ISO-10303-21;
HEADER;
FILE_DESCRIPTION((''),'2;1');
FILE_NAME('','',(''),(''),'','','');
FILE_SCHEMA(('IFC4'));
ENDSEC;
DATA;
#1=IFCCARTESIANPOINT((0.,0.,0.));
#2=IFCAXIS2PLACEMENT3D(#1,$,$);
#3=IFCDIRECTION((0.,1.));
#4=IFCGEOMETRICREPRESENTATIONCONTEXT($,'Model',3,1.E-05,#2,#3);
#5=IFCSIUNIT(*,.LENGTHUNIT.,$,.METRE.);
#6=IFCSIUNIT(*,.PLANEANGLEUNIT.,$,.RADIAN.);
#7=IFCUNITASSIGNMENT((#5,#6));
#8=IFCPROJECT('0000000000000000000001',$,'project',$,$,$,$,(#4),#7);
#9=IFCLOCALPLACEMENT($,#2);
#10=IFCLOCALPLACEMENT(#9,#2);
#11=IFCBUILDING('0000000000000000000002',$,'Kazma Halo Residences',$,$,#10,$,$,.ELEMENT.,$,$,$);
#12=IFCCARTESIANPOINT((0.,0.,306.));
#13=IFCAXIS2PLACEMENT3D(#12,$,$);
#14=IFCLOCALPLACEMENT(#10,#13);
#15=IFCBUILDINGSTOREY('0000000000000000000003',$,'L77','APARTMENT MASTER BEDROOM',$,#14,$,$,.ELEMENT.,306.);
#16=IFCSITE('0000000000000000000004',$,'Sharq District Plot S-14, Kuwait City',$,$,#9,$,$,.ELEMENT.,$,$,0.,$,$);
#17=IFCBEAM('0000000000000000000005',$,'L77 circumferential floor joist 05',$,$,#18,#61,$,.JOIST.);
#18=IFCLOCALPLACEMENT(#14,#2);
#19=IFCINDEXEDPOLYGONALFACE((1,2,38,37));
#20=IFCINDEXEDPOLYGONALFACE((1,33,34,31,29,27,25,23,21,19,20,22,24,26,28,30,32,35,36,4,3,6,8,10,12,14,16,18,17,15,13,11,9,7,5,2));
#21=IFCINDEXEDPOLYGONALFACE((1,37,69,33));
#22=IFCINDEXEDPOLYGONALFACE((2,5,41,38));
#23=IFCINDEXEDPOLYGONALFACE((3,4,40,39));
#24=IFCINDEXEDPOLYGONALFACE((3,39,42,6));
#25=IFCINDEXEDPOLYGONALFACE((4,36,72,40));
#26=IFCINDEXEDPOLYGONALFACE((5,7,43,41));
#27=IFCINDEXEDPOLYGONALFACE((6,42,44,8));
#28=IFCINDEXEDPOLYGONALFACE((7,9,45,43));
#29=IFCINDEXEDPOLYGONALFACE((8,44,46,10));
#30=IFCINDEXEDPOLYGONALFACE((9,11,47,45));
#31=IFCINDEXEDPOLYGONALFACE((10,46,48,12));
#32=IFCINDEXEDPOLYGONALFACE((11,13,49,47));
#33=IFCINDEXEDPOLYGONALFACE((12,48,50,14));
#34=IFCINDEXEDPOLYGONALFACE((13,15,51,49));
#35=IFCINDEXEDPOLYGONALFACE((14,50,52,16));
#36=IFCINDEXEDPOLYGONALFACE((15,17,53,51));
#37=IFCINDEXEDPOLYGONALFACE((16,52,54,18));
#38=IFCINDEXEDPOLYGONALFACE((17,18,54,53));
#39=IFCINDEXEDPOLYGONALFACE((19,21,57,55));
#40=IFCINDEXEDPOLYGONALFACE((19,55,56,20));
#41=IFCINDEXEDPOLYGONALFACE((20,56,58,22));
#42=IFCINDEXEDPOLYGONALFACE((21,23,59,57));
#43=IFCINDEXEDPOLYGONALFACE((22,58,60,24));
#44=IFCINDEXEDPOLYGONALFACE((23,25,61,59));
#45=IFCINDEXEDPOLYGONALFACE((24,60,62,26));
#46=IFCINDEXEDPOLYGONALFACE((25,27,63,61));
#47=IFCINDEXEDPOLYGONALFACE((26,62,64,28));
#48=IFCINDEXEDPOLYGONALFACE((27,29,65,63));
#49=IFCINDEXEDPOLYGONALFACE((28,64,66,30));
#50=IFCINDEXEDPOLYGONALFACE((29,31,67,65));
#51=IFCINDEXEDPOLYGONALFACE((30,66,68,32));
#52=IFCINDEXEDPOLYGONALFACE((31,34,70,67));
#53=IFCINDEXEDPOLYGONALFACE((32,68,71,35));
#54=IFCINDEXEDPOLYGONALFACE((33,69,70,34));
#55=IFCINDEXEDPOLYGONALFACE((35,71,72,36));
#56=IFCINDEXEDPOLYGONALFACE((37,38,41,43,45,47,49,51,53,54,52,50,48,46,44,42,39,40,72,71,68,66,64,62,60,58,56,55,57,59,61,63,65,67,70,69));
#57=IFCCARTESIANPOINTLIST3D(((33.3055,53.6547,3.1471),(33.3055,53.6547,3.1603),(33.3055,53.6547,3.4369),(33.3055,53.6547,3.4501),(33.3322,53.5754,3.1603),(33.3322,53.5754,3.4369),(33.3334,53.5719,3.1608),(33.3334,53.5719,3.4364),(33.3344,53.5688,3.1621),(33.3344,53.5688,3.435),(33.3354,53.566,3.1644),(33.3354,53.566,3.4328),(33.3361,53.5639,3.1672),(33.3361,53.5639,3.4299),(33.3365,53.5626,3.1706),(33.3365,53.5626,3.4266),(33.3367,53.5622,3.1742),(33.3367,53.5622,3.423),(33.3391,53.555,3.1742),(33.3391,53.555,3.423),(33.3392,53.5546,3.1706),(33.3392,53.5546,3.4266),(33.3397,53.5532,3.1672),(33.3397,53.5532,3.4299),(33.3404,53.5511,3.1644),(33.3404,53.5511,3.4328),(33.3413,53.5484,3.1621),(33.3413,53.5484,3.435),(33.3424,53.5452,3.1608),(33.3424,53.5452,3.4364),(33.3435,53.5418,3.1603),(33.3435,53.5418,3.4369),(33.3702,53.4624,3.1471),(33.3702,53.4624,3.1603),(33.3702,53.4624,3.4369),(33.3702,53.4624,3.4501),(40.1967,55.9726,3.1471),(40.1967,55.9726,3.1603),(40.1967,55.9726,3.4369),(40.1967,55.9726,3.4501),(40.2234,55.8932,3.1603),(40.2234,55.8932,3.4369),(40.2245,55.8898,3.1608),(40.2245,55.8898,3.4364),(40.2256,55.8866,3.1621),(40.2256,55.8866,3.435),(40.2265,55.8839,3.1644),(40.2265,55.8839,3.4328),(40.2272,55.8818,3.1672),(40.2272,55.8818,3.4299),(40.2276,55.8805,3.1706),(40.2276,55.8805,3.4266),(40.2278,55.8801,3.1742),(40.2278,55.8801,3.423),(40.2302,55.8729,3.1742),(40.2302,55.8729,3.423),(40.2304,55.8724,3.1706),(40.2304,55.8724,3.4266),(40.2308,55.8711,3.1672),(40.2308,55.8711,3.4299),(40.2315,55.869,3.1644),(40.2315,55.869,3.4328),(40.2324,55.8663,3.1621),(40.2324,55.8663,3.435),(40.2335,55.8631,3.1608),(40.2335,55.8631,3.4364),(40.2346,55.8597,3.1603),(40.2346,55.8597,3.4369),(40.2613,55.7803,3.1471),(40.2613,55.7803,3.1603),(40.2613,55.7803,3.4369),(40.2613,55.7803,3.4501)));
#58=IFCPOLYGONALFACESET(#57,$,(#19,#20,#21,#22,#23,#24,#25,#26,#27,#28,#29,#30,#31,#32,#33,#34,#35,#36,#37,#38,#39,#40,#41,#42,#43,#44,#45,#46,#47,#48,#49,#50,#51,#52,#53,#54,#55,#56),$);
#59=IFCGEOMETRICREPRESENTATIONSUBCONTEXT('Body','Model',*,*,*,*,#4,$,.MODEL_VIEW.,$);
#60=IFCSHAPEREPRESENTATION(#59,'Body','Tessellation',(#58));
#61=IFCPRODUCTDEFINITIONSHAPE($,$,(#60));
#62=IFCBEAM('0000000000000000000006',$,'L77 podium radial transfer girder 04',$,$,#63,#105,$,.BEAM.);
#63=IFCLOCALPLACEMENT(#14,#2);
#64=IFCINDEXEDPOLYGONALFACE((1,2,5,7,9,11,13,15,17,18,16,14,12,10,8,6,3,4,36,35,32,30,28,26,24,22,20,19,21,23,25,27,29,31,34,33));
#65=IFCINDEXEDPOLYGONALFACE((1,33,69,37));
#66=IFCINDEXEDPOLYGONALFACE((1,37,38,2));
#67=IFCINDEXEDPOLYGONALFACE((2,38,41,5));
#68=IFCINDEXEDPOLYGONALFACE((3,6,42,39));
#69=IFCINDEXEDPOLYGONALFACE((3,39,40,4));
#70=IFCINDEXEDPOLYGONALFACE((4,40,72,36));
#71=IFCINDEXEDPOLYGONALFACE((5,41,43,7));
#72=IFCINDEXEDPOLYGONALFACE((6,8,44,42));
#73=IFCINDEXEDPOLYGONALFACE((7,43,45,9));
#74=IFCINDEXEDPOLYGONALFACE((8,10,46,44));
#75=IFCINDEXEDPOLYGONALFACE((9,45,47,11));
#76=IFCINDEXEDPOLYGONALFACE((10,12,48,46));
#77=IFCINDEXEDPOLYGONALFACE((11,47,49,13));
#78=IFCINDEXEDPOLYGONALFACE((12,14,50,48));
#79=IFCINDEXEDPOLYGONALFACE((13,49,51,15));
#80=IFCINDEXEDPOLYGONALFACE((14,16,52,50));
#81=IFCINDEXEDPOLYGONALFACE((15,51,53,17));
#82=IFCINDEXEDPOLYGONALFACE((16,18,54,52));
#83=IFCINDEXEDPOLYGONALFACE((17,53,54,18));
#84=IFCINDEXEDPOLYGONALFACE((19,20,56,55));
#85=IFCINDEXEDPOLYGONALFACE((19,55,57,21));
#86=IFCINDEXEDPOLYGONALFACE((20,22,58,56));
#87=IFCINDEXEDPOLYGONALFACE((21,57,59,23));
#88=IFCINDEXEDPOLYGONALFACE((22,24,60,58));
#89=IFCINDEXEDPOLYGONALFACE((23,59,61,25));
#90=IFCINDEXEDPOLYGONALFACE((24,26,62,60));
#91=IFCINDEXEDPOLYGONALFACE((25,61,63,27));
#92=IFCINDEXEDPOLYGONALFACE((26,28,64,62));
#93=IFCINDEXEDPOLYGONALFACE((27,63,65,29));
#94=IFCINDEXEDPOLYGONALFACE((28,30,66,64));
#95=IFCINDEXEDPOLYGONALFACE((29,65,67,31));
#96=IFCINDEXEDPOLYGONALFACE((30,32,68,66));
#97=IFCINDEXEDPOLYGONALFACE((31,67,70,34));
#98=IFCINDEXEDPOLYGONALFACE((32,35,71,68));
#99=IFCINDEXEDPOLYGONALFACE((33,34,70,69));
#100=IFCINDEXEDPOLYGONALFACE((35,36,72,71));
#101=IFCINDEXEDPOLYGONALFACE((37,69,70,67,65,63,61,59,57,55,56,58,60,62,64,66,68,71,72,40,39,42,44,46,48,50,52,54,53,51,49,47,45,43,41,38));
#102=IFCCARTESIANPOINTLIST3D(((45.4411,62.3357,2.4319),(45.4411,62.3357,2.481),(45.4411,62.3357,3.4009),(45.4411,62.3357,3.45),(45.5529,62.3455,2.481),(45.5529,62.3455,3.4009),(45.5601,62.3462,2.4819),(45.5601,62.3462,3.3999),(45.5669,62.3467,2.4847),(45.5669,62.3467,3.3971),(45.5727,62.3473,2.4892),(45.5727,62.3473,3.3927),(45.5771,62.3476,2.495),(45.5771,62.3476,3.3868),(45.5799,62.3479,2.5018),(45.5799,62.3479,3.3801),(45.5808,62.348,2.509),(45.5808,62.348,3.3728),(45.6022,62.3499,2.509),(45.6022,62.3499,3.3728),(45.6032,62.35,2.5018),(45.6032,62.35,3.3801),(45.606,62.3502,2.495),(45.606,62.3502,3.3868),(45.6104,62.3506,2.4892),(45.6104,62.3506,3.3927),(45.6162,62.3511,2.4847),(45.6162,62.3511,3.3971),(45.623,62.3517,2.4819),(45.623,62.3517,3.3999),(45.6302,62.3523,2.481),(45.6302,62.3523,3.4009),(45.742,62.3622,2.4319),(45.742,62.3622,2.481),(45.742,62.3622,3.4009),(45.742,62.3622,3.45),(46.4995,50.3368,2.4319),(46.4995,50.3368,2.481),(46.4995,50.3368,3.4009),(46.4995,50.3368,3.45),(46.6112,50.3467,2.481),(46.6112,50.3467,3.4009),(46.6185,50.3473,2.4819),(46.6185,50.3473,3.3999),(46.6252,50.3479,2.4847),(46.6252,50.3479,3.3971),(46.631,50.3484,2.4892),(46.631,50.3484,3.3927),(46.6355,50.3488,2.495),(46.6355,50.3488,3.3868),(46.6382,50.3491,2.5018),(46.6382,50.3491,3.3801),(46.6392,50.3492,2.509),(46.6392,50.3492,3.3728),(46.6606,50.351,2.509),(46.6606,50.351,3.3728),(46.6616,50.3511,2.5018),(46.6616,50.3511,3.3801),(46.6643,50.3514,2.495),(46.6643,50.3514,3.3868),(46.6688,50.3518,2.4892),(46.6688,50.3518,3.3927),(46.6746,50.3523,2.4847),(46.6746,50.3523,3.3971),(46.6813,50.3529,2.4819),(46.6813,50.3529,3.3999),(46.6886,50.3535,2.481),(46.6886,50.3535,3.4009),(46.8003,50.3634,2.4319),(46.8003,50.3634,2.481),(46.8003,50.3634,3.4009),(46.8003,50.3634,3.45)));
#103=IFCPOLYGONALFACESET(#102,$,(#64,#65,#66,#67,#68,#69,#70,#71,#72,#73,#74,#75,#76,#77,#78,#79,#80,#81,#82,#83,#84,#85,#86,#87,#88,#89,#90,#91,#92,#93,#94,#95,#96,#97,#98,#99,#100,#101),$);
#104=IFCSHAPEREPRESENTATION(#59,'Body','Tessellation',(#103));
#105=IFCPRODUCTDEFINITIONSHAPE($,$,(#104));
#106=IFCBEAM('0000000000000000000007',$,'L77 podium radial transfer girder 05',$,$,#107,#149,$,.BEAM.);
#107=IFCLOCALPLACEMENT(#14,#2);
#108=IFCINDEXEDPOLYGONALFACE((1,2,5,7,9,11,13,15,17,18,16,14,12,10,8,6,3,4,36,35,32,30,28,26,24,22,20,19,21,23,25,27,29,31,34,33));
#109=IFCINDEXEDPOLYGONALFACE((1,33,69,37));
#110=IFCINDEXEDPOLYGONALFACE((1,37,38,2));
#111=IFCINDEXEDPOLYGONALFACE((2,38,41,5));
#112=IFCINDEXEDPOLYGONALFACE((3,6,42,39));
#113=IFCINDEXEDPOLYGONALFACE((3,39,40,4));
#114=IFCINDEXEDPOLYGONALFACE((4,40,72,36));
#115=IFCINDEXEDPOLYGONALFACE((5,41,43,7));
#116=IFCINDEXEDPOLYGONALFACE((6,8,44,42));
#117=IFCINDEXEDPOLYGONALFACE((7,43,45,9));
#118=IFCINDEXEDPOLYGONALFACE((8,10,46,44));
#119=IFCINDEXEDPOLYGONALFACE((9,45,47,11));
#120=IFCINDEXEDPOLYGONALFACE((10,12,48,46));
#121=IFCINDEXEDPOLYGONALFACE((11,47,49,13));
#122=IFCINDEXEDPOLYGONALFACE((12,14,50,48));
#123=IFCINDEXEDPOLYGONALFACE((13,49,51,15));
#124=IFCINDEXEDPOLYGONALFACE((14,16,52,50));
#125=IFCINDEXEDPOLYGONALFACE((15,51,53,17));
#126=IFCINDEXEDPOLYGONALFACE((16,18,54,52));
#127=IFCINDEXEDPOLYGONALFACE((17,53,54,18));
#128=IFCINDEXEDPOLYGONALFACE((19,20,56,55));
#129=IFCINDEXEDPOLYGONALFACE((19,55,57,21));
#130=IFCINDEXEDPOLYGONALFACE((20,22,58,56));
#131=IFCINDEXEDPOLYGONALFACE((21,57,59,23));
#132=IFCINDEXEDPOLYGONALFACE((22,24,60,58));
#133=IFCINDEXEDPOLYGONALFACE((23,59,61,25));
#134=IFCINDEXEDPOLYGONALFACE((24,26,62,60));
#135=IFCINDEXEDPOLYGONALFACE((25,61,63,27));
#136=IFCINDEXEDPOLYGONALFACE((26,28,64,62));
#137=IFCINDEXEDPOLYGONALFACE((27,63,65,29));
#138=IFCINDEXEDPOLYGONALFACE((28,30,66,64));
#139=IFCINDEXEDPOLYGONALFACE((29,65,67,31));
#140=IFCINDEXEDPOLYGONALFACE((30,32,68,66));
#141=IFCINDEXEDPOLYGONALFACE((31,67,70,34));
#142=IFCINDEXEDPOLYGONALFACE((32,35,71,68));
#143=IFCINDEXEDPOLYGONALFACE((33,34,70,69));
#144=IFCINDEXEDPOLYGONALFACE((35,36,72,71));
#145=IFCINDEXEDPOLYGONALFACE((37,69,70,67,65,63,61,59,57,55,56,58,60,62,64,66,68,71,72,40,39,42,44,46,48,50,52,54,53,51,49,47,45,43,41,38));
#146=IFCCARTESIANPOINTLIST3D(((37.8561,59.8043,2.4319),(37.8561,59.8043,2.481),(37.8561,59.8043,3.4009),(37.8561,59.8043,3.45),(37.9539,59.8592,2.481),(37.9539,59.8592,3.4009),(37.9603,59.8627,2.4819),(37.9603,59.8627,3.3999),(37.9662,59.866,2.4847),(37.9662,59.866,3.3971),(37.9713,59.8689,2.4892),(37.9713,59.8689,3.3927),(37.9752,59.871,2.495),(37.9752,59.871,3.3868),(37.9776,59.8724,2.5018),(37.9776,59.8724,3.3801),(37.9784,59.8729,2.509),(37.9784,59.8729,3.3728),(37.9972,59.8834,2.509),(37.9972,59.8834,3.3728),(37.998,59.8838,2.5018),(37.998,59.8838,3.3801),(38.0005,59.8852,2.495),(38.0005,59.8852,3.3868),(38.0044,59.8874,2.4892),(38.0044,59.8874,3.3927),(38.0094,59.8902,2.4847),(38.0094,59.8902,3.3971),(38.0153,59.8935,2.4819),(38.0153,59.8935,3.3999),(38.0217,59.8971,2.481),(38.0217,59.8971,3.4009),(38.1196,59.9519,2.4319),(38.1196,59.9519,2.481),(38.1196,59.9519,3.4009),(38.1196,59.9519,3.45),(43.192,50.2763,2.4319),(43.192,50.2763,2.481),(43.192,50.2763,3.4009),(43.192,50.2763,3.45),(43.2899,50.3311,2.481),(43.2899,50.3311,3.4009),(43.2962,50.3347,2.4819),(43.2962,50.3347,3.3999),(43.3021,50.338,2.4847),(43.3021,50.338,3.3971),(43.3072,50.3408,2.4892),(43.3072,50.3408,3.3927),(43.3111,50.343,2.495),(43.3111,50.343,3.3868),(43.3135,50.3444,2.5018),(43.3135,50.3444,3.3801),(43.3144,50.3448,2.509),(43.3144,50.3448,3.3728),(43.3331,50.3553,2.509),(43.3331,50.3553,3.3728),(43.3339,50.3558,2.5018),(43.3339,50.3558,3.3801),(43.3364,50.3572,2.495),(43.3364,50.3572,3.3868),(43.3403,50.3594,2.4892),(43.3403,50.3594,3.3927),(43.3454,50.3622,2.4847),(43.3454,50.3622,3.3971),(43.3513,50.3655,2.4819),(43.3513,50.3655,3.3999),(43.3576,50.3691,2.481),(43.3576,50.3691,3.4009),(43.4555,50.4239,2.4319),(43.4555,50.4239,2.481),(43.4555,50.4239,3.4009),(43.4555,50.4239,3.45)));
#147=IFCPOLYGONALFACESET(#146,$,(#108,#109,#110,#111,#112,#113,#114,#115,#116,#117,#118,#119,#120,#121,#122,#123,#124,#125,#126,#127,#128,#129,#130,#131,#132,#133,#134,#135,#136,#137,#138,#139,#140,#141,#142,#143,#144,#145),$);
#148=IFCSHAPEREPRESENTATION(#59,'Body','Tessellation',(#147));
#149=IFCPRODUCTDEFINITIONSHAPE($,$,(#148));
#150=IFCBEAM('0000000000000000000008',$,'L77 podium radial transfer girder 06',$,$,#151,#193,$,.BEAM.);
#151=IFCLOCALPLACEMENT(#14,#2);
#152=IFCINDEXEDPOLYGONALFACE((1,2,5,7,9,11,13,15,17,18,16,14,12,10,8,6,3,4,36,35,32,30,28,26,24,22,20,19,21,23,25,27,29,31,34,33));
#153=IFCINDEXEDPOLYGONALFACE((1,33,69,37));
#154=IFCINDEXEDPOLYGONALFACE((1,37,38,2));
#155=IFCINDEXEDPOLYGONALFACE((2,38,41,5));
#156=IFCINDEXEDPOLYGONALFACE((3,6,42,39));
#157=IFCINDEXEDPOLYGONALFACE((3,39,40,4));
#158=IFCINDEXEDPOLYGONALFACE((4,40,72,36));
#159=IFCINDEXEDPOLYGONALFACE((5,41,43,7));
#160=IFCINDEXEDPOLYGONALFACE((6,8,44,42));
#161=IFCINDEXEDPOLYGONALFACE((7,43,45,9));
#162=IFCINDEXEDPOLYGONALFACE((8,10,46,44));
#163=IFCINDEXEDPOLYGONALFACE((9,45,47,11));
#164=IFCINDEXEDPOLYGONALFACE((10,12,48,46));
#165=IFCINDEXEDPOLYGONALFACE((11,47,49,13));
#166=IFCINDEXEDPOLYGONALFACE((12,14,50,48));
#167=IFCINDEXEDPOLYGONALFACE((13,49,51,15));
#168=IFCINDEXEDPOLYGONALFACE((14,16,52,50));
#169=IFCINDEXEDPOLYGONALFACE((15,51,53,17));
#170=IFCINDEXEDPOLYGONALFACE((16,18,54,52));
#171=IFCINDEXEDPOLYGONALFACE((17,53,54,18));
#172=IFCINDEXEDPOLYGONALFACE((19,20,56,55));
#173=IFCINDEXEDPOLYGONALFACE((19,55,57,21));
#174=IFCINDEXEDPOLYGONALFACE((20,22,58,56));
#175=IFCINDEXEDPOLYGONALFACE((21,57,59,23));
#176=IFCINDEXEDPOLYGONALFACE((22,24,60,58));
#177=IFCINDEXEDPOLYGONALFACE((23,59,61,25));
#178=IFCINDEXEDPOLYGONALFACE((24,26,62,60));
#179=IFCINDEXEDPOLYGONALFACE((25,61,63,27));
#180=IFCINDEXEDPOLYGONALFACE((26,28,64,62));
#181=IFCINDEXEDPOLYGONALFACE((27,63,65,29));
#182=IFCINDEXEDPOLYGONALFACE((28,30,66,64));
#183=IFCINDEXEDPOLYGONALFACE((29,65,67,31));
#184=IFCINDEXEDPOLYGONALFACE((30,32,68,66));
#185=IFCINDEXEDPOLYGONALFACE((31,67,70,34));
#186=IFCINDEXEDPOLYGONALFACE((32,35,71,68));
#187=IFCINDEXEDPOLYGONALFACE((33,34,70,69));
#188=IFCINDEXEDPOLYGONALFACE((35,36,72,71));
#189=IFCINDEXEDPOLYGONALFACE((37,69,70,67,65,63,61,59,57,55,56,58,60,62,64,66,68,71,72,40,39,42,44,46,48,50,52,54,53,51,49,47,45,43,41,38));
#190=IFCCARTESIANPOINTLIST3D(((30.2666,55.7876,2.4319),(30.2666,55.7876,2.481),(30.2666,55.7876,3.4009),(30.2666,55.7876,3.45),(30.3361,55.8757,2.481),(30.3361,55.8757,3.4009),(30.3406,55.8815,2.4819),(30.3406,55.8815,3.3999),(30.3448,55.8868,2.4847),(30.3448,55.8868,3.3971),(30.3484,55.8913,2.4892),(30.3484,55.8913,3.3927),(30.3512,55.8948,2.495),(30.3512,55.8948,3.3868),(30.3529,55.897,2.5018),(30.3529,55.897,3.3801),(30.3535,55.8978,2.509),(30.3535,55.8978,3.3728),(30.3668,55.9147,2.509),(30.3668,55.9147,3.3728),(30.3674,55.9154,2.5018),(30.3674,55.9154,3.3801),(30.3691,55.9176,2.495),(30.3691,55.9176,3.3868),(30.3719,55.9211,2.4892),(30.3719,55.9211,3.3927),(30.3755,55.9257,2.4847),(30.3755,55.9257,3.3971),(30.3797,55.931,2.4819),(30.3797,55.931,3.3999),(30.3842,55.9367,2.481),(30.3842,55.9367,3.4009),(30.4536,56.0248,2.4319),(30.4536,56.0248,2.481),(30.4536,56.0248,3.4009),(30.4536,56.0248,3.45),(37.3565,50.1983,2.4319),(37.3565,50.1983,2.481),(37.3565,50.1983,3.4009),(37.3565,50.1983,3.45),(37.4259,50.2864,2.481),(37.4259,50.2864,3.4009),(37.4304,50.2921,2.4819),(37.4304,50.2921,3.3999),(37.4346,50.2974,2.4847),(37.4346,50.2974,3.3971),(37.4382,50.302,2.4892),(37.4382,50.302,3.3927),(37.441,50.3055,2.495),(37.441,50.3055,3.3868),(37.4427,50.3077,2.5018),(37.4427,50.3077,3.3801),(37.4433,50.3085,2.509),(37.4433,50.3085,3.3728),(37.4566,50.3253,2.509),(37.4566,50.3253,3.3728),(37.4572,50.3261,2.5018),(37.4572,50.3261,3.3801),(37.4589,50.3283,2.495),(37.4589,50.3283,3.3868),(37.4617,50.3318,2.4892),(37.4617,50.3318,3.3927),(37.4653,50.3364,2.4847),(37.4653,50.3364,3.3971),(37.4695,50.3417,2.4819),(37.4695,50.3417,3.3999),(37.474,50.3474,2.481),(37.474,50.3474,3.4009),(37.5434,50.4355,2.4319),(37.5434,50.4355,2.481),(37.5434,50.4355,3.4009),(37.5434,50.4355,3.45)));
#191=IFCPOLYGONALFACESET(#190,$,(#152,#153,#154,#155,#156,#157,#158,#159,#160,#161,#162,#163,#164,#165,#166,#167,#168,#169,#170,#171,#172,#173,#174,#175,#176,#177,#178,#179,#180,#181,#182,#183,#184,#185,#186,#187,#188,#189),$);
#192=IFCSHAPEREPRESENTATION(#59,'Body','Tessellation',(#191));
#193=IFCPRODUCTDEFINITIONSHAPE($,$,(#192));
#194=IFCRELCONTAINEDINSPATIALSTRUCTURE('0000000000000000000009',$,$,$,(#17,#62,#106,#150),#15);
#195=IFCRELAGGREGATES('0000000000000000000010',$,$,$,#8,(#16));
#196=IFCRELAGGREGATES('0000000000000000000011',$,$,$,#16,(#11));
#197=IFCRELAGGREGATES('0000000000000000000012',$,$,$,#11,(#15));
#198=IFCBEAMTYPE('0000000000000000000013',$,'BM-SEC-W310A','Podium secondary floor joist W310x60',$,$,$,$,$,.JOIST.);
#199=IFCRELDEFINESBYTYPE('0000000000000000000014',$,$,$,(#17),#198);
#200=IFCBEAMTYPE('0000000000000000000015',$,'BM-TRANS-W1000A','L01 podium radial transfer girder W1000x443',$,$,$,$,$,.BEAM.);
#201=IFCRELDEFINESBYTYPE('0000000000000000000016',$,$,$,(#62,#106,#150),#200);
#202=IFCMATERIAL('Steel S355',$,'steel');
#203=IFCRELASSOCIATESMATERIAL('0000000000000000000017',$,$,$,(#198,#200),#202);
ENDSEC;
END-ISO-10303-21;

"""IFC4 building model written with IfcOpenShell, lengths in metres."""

from ifc_helpers import new_model, si_unit, direction, frame, origin, origin_2d, place, context, subcontext, project, spatial, i_section, extrude, material, material_profile, profile_set, type_object, element, save


model = new_model("IFC4")

# Units and contexts
model_context = context("Model", 3, precision=1e-05, world=origin(), true_north=direction((0.0, 1.0)))
body_context = subcontext(model_context, "Body", "Model", "MODEL_VIEW")
ifc_project = project(units=[si_unit("LENGTHUNIT", "METRE"), si_unit("PLANEANGLEUNIT", "RADIAN")], contexts=[model_context])

# Site, building, storey
site_placement = place(None, origin())
site = spatial("IfcSite", under=ifc_project, at=site_placement, Name="Sharq District Plot S-14, Kuwait City", CompositionType="ELEMENT", RefElevation=0.0)
building_placement = place(site_placement, origin())
building = spatial("IfcBuilding", under=site, at=building_placement, Name="Kazma Halo Residences", CompositionType="ELEMENT")
storey_placement = place(building_placement, frame((0.0, 0.0, 306.0)))
storey = spatial("IfcBuildingStorey", under=building, at=storey_placement, Name="L77", Description="APARTMENT MASTER BEDROOM", CompositionType="ELEMENT", Elevation=306.0)

# Beams
ifc_material_1 = material(Name="Steel S355", Category="steel")
ifc_material_profile_1 = material_profile(ifc_material_1, i_section(OverallWidth=0.2029, OverallDepth=0.303, WebThickness=0.0076, FlangeThickness=0.0132, FilletRadius=0.0139, at=origin_2d()), Name="W310x60")
ifc_profile_set_1 = profile_set([ifc_material_profile_1], Name="Steel S355")
beam_type_1 = type_object("IfcBeamType", Name="BM-SEC-W310A", Description="Podium secondary floor joist W310x60", PredefinedType="JOIST", material=ifc_profile_set_1)
beam_1_placement = place(storey_placement, frame((40.229, 55.8765, 3.2986), z_axis=(-0.94782, -0.318806, 0.0), x_axis=(0.318806, -0.94782, 0.0)))
element("IfcBeam", 1, at=beam_1_placement, inside=storey, type_object=beam_type_1, Name="L77 circumferential floor joist 05", PredefinedType="JOIST", context=body_context, shape_type="SweptSolid", body=[
    extrude(i_section(OverallWidth=0.2029, OverallDepth=0.303, WebThickness=0.0076, FlangeThickness=0.0132, FilletRadius=0.0139, at=origin_2d()), origin(), (0.0, 0.0, 1.0), 7.2705),
])
ifc_material_profile_2 = material_profile(ifc_material_1, i_section(OverallWidth=0.302, OverallDepth=1.0181, WebThickness=0.0215, FlangeThickness=0.0491, FilletRadius=0.0281, at=origin_2d()), Name="W1000x443")
ifc_profile_set_2 = profile_set([ifc_material_profile_2], Name="Steel S355")
beam_type_2 = type_object("IfcBeamType", Name="BM-TRANS-W1000A", Description="L01 podium radial transfer girder W1000x443", PredefinedType="BEAM", material=ifc_profile_set_2)
beam_2_placement = place(storey_placement, frame((46.6499, 50.3501, 2.9409), z_axis=(-0.087864, 0.996133, 0.0), x_axis=(-0.996133, -0.087864, 0.0)))
element("IfcBeam", 2, at=beam_2_placement, inside=storey, type_object=beam_type_2, Name="L77 podium radial transfer girder 04", PredefinedType="BEAM", context=body_context, shape_type="SweptSolid", body=[
    extrude(i_section(OverallWidth=0.302, OverallDepth=1.0181, WebThickness=0.0215, FlangeThickness=0.0491, FilletRadius=0.0281, at=origin_2d()), origin(), (0.0, 0.0, 1.0), 12.0454),
])
beam_3_placement = place(storey_placement, frame((43.3237, 50.3501, 2.9409), z_axis=(-0.488618, 0.872498, 0.0), x_axis=(-0.872498, -0.488618, 0.0)))
element("IfcBeam", 3, at=beam_3_placement, inside=storey, type_object=beam_type_2, Name="L77 podium radial transfer girder 05", PredefinedType="BEAM", context=body_context, shape_type="SweptSolid", body=[
    extrude(i_section(OverallWidth=0.302, OverallDepth=1.0181, WebThickness=0.0215, FlangeThickness=0.0491, FilletRadius=0.0281, at=origin_2d()), origin(), (0.0, 0.0, 1.0), 10.9204),
])
beam_4_placement = place(storey_placement, frame((37.45, 50.3169, 2.9409), z_axis=(-0.785308, 0.619106, 0.0), x_axis=(-0.619106, -0.785308, 0.0)))
element("IfcBeam", 4, at=beam_4_placement, inside=storey, type_object=beam_type_2, Name="L77 podium radial transfer girder 06", PredefinedType="BEAM", context=body_context, shape_type="SweptSolid", body=[
    extrude(i_section(OverallWidth=0.302, OverallDepth=1.0181, WebThickness=0.0215, FlangeThickness=0.0491, FilletRadius=0.0281, at=origin_2d()), origin(), (0.0, 0.0, 1.0), 9.0281),
])

save(model, "model.ifc")
